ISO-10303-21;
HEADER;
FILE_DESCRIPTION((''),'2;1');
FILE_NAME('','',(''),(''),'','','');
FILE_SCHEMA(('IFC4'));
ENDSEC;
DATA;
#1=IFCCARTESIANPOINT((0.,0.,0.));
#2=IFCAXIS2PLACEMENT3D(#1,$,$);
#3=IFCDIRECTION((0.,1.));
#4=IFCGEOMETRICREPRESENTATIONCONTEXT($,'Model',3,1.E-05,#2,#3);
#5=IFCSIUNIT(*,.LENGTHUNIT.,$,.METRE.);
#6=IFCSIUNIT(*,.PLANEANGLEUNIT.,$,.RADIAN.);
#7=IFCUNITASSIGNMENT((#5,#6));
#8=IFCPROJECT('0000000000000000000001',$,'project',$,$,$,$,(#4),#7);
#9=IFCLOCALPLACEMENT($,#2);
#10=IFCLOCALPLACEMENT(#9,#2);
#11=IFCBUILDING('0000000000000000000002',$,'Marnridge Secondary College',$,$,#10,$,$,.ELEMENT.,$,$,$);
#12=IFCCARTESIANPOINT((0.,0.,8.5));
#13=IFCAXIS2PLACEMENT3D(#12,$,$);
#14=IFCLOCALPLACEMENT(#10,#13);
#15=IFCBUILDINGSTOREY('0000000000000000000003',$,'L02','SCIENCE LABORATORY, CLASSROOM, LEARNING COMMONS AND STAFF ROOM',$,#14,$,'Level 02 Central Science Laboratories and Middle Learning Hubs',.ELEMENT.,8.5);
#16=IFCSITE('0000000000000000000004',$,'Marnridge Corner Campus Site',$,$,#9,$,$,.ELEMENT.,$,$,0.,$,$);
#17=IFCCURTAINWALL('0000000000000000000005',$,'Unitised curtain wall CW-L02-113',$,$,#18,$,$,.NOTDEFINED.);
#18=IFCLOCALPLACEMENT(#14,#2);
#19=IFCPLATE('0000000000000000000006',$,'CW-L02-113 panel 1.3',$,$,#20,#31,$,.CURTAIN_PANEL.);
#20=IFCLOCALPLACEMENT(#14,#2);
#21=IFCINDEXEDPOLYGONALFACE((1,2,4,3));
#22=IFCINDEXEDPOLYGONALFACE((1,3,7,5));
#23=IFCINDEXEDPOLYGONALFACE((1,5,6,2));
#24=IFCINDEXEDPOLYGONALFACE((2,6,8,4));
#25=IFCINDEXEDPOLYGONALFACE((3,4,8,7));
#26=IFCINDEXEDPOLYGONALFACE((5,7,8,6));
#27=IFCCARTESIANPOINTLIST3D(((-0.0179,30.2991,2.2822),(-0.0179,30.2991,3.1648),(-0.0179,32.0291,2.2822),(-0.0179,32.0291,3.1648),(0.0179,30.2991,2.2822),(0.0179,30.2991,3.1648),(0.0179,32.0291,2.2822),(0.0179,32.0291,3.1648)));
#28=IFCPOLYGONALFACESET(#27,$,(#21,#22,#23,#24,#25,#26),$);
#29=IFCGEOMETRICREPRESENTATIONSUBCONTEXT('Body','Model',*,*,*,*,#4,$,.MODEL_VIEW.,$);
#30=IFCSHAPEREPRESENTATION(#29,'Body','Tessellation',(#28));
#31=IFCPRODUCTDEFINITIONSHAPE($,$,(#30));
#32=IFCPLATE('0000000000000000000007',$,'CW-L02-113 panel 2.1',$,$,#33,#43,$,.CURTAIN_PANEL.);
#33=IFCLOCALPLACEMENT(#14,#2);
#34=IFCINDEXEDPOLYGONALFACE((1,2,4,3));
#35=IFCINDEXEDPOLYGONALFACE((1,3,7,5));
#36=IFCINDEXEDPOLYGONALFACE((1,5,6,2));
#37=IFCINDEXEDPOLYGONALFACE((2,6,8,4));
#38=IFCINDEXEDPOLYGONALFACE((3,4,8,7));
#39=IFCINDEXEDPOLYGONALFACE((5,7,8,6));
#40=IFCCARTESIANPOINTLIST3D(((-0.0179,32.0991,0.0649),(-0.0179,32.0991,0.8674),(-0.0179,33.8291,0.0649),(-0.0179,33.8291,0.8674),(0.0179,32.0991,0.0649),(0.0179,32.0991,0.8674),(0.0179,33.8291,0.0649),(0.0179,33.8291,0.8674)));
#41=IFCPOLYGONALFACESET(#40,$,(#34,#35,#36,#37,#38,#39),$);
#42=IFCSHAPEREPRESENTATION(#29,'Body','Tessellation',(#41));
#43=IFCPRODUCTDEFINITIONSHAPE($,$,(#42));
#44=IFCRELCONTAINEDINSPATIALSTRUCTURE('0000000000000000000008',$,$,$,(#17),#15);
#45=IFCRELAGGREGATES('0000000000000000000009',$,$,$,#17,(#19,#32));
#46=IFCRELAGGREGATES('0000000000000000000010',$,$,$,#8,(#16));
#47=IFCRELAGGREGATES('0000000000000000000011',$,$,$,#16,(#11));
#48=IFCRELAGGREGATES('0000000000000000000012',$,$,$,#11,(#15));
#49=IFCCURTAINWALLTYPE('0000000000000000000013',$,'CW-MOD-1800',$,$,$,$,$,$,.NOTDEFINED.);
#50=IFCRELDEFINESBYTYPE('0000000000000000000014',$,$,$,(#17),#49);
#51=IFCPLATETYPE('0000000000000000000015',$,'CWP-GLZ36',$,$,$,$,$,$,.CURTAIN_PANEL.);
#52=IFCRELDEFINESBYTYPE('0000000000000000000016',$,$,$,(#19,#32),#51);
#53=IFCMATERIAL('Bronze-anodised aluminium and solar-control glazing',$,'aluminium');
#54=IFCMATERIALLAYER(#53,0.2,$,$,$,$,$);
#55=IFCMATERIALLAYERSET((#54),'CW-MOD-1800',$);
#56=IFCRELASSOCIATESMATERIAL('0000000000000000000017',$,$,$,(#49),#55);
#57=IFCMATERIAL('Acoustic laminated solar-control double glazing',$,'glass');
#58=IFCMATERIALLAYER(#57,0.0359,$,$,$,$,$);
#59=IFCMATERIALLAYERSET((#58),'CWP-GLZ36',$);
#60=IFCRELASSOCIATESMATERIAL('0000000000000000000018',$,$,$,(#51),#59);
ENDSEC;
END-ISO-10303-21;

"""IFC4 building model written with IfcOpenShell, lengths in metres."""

from ifc_helpers import new_model, si_unit, direction, frame, origin, origin_2d, place, context, subcontext, project, spatial, rectangle, extrude, material, layer, layer_set, type_object, element, aggregate, save


model = new_model("IFC4")

# Units and contexts
model_context = context("Model", 3, precision=1e-05, world=origin(), true_north=direction((0.0, 1.0)))
body_context = subcontext(model_context, "Body", "Model", "MODEL_VIEW")
ifc_project = project(units=[si_unit("LENGTHUNIT", "METRE"), si_unit("PLANEANGLEUNIT", "RADIAN")], contexts=[model_context])

# Site, building, storey
site_placement = place(None, origin())
site = spatial("IfcSite", under=ifc_project, at=site_placement, Name="Marnridge Corner Campus Site", CompositionType="ELEMENT", RefElevation=0.0)
building_placement = place(site_placement, origin())
building = spatial("IfcBuilding", under=site, at=building_placement, Name="Marnridge Secondary College", CompositionType="ELEMENT")
storey_placement = place(building_placement, frame((0.0, 0.0, 8.5)))
storey = spatial("IfcBuildingStorey", under=building, at=storey_placement, Name="L02", Description="SCIENCE LABORATORY, CLASSROOM, LEARNING COMMONS AND STAFF ROOM", LongName="Level 02 Central Science Laboratories and Middle Learning Hubs", CompositionType="ELEMENT", Elevation=8.5)

# Shared definitions
ifc_material_1 = material(Name="Bronze-anodised aluminium and solar-control glazing", Category="aluminium")
ifc_layer_1 = layer(ifc_material_1, 0.2)
ifc_layer_set_1 = layer_set([ifc_layer_1], Name="CW-MOD-1800")
curtain_wall_type = type_object("IfcCurtainWallType", Name="CW-MOD-1800", PredefinedType="NOTDEFINED", material=ifc_layer_set_1)

# Curtain wall
curtain_wall_1_placement = place(storey_placement, origin())
curtain_wall_1 = element("IfcCurtainWall", 1, at=curtain_wall_1_placement, inside=storey, type_object=curtain_wall_type, Name="Unitised curtain wall CW-L02-113", PredefinedType="NOTDEFINED")

# Plates
ifc_material_2 = material(Name="Acoustic laminated solar-control double glazing", Category="glass")
ifc_layer_2 = layer(ifc_material_2, 0.0359)
ifc_layer_set_2 = layer_set([ifc_layer_2], Name="CWP-GLZ36")
plate_type = type_object("IfcPlateType", Name="CWP-GLZ36", PredefinedType="CURTAIN_PANEL", material=ifc_layer_set_2)
plate_1_placement = place(storey_placement, frame((0.0, 31.1641, 2.2822), z_axis=(0.0, 0.0, 1.0), x_axis=(0.0, 1.0, 0.0)))
plate_1 = element("IfcPlate", 2, at=plate_1_placement, type_object=plate_type, Name="CW-L02-113 panel 1.3", PredefinedType="CURTAIN_PANEL", context=body_context, shape_type="SweptSolid", body=[
    extrude(rectangle(XDim=1.73, YDim=0.0359, at=origin_2d()), origin(), (0.0, 0.0, 1.0), 0.8826),
])
plate_2_placement = place(storey_placement, frame((0.0, 32.9641, 0.0649), z_axis=(0.0, 0.0, 1.0), x_axis=(0.0, 1.0, 0.0)))
plate_2 = element("IfcPlate", 3, at=plate_2_placement, type_object=plate_type, Name="CW-L02-113 panel 2.1", PredefinedType="CURTAIN_PANEL", context=body_context, shape_type="SweptSolid", body=[
    extrude(rectangle(XDim=1.73, YDim=0.0359, at=origin_2d()), origin(), (0.0, 0.0, 1.0), 0.8025),
])
aggregate(curtain_wall_1, [plate_1, plate_2])

save(model, "model.ifc")
